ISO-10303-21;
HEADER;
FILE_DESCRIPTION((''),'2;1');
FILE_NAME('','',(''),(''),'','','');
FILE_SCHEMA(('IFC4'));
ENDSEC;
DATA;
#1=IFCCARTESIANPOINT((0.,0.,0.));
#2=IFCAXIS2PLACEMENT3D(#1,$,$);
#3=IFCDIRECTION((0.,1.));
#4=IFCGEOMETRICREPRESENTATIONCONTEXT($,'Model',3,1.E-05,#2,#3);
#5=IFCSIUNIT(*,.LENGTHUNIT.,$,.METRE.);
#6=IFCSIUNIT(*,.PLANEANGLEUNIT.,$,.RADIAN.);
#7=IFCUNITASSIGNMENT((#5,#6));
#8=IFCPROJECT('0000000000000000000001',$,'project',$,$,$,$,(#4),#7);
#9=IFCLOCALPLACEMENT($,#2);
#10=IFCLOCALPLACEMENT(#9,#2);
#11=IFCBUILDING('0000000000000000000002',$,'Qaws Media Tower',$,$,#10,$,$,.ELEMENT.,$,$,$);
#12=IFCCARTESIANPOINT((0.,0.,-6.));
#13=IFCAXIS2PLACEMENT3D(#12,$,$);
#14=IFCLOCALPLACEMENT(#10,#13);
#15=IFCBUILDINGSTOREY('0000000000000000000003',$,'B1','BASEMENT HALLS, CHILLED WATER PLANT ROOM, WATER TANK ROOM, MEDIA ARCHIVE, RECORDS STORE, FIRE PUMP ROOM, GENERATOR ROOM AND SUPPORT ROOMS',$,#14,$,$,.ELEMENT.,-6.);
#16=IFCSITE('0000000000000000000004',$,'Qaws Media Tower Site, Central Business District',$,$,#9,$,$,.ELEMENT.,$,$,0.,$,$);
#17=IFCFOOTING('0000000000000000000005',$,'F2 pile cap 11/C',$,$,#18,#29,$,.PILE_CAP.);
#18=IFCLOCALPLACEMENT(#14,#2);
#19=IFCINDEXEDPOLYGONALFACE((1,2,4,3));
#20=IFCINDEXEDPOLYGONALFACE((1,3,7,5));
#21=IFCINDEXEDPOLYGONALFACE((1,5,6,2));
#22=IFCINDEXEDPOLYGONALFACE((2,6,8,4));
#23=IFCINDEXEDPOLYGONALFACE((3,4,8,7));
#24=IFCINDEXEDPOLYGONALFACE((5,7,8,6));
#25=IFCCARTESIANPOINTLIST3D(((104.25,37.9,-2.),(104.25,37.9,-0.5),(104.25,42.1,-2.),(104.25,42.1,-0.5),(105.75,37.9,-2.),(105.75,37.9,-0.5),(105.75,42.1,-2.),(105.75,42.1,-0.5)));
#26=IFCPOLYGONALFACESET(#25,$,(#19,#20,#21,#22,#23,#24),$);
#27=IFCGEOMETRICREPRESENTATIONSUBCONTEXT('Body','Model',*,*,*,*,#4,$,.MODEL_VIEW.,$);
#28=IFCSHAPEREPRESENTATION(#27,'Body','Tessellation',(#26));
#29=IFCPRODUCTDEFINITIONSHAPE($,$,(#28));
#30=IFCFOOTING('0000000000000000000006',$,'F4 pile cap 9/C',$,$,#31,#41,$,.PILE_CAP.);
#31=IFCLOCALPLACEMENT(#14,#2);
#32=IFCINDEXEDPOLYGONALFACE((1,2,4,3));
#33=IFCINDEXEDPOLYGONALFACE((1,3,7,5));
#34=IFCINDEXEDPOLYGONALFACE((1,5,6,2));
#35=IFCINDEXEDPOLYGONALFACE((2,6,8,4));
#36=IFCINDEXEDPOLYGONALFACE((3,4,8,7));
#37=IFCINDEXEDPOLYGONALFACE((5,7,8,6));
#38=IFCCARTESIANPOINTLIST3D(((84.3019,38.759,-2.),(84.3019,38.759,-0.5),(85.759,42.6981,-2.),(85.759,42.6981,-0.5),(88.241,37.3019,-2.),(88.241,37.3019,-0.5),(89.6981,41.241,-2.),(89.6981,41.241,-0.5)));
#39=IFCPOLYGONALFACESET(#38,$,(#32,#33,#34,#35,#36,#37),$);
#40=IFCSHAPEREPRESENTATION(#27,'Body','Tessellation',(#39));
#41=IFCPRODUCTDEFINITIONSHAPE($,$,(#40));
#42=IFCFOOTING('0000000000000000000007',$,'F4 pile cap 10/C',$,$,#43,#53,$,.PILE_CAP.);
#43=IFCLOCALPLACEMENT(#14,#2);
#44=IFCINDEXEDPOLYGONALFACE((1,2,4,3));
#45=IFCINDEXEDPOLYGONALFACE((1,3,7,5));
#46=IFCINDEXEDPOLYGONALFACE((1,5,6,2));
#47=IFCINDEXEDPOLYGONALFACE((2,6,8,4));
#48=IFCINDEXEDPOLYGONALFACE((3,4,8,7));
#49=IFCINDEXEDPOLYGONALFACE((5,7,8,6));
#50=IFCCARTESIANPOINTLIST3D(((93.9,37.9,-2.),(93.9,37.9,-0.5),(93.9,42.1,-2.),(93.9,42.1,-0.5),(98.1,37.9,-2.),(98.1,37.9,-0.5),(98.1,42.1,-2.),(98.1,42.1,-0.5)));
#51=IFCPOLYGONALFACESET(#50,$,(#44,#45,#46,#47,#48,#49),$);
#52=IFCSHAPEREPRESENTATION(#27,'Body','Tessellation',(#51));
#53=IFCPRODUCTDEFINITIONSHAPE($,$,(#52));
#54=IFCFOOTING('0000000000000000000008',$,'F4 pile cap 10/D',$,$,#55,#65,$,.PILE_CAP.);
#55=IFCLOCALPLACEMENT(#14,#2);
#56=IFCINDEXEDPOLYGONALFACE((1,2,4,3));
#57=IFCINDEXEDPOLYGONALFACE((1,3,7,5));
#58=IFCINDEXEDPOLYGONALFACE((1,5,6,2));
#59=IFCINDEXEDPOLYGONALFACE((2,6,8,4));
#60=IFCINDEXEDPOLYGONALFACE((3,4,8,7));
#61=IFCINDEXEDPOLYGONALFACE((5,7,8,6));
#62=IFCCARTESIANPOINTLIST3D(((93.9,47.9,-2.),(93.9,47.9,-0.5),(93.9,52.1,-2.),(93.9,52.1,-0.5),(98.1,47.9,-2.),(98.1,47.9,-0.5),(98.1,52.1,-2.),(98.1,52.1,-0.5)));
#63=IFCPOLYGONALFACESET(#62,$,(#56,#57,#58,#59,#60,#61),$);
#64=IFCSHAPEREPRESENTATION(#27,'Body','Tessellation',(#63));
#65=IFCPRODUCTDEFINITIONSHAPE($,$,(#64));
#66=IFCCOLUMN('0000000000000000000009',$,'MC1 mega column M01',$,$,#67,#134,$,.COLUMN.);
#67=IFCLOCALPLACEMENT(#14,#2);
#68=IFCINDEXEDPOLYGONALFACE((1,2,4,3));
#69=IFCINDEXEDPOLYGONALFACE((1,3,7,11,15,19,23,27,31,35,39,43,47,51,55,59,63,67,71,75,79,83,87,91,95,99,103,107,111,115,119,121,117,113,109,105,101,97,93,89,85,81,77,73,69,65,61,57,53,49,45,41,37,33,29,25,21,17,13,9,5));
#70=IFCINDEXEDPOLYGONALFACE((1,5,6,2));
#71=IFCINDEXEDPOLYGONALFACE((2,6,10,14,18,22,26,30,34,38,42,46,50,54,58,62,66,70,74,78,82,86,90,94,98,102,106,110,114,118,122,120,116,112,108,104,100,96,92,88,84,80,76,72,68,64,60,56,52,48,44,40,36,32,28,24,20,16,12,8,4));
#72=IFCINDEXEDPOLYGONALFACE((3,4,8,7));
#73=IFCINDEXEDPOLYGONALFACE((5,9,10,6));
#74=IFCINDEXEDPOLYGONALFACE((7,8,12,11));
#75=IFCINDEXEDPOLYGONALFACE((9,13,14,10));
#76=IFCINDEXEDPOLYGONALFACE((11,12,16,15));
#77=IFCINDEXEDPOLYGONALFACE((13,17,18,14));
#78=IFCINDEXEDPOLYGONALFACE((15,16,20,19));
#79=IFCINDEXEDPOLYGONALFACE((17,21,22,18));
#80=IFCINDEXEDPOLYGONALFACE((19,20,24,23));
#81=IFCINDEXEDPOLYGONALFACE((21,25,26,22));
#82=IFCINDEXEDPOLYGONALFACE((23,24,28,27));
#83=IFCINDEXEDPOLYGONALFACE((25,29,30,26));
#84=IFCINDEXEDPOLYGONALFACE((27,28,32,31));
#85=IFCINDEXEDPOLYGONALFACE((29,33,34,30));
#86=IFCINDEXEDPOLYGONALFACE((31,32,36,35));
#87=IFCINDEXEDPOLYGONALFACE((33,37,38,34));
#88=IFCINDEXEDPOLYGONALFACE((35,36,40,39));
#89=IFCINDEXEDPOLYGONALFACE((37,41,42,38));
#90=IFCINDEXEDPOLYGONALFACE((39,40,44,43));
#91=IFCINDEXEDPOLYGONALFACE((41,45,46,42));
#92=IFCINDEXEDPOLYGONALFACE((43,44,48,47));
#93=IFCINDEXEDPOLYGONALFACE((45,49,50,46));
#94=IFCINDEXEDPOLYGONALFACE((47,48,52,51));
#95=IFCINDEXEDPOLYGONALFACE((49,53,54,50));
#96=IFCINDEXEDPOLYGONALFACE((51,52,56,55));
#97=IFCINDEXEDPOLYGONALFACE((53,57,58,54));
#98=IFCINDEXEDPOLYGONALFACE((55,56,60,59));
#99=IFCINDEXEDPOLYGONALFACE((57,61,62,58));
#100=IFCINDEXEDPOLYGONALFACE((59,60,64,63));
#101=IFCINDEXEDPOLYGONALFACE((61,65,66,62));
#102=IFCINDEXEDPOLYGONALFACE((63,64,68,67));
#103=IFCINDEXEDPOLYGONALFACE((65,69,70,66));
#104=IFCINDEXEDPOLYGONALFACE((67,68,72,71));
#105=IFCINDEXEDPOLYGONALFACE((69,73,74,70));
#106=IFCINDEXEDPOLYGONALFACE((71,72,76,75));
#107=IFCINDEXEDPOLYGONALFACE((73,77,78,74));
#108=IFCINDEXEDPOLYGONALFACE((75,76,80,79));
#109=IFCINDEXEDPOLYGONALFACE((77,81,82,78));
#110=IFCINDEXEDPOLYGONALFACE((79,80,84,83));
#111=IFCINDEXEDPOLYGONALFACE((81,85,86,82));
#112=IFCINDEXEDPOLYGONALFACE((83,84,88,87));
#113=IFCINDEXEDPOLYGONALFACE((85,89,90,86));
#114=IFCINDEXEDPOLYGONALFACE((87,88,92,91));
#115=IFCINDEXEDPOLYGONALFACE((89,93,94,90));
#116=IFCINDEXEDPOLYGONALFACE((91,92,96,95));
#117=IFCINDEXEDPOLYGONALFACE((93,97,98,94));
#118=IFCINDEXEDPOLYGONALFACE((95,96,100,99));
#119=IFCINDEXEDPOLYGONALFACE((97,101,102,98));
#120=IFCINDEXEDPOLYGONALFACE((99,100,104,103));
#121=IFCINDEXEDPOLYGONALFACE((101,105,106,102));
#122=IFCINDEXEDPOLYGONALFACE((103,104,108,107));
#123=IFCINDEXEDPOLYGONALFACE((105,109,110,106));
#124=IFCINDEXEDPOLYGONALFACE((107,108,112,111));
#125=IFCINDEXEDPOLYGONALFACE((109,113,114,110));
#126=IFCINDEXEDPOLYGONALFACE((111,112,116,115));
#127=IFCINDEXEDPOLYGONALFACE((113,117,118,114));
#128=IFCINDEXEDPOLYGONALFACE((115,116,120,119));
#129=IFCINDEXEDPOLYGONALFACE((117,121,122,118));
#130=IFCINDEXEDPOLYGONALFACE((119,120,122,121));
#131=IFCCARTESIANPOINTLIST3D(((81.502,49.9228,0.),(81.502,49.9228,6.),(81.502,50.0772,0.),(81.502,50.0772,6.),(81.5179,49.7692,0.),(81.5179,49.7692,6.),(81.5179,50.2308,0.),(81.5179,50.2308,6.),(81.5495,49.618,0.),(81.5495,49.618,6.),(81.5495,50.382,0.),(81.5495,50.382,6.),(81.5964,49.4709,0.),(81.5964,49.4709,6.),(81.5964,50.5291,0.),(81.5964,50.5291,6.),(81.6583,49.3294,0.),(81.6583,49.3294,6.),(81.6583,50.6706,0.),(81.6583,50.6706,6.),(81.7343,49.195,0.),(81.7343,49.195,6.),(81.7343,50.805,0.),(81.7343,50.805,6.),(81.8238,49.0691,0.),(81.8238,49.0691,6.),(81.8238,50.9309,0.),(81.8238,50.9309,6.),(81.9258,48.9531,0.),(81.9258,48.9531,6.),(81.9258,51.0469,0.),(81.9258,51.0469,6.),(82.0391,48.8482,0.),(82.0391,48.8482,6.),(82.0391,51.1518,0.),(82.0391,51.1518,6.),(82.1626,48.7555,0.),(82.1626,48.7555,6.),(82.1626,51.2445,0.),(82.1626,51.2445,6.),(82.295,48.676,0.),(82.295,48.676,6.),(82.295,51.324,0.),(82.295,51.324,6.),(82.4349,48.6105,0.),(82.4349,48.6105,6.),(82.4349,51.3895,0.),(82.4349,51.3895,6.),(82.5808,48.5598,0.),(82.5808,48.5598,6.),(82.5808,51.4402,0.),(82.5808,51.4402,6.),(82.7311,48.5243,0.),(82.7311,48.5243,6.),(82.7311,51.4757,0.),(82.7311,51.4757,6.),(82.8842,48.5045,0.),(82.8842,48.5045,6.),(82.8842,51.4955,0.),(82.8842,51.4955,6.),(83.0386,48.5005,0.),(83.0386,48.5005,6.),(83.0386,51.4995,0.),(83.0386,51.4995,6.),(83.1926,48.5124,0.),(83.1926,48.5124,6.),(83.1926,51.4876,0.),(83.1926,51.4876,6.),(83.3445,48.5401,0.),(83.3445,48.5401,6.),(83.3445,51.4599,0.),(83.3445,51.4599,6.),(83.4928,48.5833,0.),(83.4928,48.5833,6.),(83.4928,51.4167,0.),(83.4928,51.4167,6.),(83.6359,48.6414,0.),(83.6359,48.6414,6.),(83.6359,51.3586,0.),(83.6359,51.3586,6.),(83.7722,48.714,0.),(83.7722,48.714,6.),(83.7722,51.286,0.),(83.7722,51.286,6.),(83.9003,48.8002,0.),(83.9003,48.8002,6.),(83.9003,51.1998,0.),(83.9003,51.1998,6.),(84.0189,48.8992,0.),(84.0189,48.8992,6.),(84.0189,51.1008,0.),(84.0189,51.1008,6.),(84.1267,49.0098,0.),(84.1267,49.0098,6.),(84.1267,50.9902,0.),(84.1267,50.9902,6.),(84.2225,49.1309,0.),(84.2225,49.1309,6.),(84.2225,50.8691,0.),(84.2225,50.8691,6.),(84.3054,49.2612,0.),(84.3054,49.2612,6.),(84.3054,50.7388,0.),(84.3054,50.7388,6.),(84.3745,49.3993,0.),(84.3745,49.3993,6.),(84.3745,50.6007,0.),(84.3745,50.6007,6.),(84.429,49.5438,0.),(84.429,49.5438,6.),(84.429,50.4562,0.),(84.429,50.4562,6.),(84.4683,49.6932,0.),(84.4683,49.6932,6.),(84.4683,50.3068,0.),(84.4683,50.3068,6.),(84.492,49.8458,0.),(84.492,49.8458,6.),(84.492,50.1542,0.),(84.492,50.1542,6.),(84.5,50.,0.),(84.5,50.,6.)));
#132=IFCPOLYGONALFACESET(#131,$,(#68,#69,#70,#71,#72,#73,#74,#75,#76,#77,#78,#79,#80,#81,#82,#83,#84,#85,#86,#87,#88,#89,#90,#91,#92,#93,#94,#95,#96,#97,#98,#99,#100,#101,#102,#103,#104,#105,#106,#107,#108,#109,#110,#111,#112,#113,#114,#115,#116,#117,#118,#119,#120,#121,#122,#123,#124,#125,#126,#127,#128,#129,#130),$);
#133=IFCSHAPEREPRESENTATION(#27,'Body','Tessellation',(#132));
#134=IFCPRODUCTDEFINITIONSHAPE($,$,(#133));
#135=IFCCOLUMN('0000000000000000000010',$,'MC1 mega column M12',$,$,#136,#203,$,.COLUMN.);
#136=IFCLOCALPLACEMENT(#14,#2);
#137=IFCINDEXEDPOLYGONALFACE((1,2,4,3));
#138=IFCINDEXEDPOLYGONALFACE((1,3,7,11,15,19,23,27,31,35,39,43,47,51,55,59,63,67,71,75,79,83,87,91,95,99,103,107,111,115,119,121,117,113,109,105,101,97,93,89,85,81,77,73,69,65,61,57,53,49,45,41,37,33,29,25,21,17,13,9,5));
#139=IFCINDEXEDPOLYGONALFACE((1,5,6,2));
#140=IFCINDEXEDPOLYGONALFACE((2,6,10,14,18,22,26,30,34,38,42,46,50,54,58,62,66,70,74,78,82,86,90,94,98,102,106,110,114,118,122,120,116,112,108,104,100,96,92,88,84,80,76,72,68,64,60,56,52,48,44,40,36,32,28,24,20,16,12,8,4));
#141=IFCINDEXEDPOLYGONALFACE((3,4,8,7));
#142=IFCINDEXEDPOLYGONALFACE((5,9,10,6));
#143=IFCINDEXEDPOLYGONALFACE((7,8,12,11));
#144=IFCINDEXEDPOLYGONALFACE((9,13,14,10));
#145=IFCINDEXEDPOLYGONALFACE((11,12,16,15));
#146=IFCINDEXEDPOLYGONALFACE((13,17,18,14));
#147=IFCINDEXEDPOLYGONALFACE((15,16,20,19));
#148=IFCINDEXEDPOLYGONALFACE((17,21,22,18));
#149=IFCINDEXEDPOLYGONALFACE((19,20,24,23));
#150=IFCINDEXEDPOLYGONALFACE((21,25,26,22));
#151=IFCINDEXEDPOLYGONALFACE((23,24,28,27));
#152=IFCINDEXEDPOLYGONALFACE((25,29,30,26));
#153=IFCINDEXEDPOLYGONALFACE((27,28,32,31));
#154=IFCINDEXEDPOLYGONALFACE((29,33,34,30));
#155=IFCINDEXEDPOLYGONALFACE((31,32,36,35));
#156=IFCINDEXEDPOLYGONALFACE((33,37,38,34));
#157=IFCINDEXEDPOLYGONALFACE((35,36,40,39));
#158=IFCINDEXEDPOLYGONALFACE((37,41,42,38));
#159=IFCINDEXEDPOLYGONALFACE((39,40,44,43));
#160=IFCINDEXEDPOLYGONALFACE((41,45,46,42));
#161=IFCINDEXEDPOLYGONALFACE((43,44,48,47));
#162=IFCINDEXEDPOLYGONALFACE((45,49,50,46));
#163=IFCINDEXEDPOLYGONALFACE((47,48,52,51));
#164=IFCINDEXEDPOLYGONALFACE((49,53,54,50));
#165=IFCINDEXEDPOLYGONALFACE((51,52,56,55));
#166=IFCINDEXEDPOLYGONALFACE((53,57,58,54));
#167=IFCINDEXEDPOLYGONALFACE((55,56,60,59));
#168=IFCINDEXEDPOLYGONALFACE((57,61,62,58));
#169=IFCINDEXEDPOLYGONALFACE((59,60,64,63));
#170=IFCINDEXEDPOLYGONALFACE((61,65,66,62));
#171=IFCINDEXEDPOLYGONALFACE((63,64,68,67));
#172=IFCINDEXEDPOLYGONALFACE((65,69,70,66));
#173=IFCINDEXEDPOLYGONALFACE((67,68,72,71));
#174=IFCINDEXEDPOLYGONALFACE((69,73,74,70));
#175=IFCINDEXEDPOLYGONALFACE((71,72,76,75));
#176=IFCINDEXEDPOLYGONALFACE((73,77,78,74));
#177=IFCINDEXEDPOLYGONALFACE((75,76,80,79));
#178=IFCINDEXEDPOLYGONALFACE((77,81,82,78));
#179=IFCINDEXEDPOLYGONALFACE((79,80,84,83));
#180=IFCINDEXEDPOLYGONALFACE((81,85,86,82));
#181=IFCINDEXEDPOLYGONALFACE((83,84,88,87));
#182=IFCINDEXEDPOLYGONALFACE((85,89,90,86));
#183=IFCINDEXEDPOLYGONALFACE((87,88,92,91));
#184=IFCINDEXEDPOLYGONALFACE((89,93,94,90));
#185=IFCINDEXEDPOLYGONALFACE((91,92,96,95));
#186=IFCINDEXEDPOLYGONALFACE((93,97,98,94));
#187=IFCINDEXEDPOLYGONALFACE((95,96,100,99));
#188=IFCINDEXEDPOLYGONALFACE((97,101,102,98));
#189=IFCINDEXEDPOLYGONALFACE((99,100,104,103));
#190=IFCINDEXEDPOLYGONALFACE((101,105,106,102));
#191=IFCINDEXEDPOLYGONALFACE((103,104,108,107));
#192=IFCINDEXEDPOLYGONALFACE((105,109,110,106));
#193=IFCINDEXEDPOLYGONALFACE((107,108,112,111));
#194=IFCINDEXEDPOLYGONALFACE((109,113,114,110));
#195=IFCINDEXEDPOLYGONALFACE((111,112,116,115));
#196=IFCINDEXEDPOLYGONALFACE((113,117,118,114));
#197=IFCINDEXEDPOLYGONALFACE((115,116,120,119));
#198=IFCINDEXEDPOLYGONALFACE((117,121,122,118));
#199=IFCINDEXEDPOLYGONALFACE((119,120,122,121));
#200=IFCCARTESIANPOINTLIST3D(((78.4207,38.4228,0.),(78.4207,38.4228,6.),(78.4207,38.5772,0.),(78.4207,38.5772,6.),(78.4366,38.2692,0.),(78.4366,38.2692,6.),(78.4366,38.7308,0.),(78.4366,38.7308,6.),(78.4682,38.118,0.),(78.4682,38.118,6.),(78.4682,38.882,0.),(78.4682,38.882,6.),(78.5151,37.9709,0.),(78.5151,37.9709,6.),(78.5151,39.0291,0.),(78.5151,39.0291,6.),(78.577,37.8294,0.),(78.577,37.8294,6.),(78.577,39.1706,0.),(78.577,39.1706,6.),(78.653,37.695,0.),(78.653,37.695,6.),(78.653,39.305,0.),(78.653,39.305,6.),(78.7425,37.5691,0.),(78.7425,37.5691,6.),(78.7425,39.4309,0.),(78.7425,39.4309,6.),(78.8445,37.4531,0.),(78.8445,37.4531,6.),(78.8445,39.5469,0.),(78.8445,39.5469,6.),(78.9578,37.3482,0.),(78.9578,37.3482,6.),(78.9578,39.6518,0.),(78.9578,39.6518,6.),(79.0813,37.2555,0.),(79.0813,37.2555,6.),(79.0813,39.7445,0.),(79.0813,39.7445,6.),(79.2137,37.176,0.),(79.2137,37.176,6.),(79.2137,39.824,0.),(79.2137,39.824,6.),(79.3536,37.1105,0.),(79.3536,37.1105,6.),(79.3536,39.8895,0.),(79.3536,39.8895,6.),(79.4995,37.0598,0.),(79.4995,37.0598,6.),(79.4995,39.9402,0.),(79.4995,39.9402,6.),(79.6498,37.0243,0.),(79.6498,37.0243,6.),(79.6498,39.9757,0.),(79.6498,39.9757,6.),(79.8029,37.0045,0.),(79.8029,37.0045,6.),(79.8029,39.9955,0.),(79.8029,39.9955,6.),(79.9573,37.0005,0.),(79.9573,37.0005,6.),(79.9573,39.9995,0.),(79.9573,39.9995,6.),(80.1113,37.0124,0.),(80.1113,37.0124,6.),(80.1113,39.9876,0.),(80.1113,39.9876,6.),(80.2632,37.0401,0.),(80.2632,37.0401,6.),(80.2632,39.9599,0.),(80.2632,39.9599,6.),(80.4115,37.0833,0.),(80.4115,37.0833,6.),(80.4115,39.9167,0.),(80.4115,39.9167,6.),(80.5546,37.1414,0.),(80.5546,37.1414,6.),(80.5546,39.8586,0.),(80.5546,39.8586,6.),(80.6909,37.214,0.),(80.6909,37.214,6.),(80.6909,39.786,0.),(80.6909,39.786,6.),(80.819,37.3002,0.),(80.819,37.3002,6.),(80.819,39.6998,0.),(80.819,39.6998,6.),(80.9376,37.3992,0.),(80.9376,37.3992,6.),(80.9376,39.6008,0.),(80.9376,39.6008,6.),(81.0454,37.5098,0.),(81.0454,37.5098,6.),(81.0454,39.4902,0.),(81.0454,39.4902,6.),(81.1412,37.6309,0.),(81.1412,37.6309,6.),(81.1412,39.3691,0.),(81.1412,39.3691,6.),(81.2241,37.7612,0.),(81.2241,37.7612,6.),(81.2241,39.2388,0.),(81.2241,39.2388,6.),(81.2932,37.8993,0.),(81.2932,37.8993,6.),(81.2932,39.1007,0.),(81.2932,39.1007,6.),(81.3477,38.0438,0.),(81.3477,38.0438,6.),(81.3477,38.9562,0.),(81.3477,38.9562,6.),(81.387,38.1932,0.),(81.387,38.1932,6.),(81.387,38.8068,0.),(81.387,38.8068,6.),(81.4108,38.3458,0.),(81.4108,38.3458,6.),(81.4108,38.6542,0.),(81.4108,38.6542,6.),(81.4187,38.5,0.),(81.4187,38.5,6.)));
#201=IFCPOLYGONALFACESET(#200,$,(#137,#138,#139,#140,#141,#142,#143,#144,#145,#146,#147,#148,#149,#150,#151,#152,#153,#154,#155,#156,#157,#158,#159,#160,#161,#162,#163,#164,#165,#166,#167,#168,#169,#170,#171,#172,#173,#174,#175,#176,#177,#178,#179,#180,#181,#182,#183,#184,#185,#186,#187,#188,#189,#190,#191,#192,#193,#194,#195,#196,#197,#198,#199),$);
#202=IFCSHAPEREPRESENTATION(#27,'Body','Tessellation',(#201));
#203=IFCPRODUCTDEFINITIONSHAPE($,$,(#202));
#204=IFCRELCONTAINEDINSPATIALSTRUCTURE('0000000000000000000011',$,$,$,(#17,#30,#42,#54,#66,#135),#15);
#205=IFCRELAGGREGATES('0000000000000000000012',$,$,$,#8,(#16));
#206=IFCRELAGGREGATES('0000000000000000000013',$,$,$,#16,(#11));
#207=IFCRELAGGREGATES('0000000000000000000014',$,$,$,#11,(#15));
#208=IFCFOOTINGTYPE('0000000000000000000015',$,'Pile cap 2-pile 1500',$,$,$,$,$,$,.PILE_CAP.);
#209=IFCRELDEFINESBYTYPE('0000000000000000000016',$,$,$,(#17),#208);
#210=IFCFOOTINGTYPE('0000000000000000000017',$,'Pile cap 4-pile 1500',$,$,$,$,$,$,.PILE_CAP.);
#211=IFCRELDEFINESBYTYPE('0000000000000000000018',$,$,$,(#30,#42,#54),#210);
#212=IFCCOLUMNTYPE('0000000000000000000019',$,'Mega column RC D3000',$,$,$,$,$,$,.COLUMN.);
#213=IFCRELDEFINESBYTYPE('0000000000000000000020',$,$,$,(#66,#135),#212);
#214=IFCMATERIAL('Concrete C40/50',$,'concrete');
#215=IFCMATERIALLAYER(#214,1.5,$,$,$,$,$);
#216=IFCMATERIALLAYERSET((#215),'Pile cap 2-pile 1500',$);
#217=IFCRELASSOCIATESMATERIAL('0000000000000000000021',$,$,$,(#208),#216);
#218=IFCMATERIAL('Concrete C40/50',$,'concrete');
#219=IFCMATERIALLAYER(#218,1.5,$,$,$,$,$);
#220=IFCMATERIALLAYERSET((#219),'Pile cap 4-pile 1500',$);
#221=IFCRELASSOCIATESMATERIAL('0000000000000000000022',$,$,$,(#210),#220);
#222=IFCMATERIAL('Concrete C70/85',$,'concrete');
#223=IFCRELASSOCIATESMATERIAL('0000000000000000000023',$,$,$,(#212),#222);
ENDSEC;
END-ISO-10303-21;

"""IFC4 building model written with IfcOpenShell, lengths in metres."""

from ifc_helpers import new_model, si_unit, direction, frame, origin, origin_2d, place, context, subcontext, project, spatial, rectangle, circle, extrude, material, layer, layer_set, material_profile, profile_set, type_object, element, save


model = new_model("IFC4")

# Units and contexts
model_context = context("Model", 3, precision=1e-05, world=origin(), true_north=direction((0.0, 1.0)))
body_context = subcontext(model_context, "Body", "Model", "MODEL_VIEW")
ifc_project = project(units=[si_unit("LENGTHUNIT", "METRE"), si_unit("PLANEANGLEUNIT", "RADIAN")], contexts=[model_context])

# Site, building, storey
site_placement = place(None, origin())
site = spatial("IfcSite", under=ifc_project, at=site_placement, Name="Qaws Media Tower Site, Central Business District", CompositionType="ELEMENT", RefElevation=0.0)
building_placement = place(site_placement, origin())
building = spatial("IfcBuilding", under=site, at=building_placement, Name="Qaws Media Tower", CompositionType="ELEMENT")
storey_placement = place(building_placement, frame((0.0, 0.0, -6.0)))
storey = spatial("IfcBuildingStorey", under=building, at=storey_placement, Name="B1", Description="BASEMENT HALLS, CHILLED WATER PLANT ROOM, WATER TANK ROOM, MEDIA ARCHIVE, RECORDS STORE, FIRE PUMP ROOM, GENERATOR ROOM AND SUPPORT ROOMS", CompositionType="ELEMENT", Elevation=-6.0)

# Footings
ifc_material_1 = material(Name="Concrete C40/50", Category="concrete")
ifc_layer_1 = layer(ifc_material_1, 1.5)
ifc_layer_set_1 = layer_set([ifc_layer_1], Name="Pile cap 2-pile 1500")
footing_type_1 = type_object("IfcFootingType", Name="Pile cap 2-pile 1500", PredefinedType="PILE_CAP", material=ifc_layer_set_1)
footing_1_placement = place(storey_placement, frame((105.0, 40.0, -2.0), z_axis=(0.0, 0.0, 1.0), x_axis=(1.0, 0.0, 0.0)))
element("IfcFooting", 1, at=footing_1_placement, inside=storey, type_object=footing_type_1, Name="F2 pile cap 11/C", PredefinedType="PILE_CAP", context=body_context, shape_type="SweptSolid", body=[
    extrude(rectangle(XDim=1.5, YDim=4.2, at=origin_2d()), origin(), (0.0, 0.0, 1.0), 1.5),
])
ifc_material_2 = material(Name="Concrete C40/50", Category="concrete")
ifc_layer_2 = layer(ifc_material_2, 1.5)
ifc_layer_set_2 = layer_set([ifc_layer_2], Name="Pile cap 4-pile 1500")
footing_type_2 = type_object("IfcFootingType", Name="Pile cap 4-pile 1500", PredefinedType="PILE_CAP", material=ifc_layer_set_2)
for number, where, z_axis, x_axis, name in (
    (2, (87.0, 40.0, -2.0), (0.0, 0.0, 1.0), (0.937889, -0.346936, 0.0), "F4 pile cap 9/C"),
    (3, (96.0, 40.0, -2.0), (0.0, 0.0, 1.0), (1.0, 0.0, 0.0), "F4 pile cap 10/C"),
    (4, (96.0, 50.0, -2.0), (0.0, 0.0, 1.0), (1.0, 0.0, 0.0), "F4 pile cap 10/D"),
):
    element("IfcFooting", number, at=place(storey_placement, frame(where, z_axis=z_axis, x_axis=x_axis)), inside=storey, type_object=footing_type_2, Name=name, PredefinedType="PILE_CAP", context=body_context, shape_type="SweptSolid", body=[
        extrude(rectangle(XDim=4.2, YDim=4.2, at=origin_2d()), origin(), (0.0, 0.0, 1.0), 1.5),
    ])

# Columns
ifc_material_3 = material(Name="Concrete C70/85", Category="concrete")
ifc_material_profile_1 = material_profile(ifc_material_3, circle(Radius=1.5, at=origin_2d()), Name="RC D3000")
ifc_profile_set_1 = profile_set([ifc_material_profile_1], Name="Concrete C70/85")
column_type_1 = type_object("IfcColumnType", Name="Mega column RC D3000", PredefinedType="COLUMN", material=ifc_profile_set_1)
for number, where, z_axis, x_axis, name in (
    (5, (83.0, 50.0, 0.0), (0.0, 0.0, 1.0), (1.0, 0.0, 0.0), "MC1 mega column M01"),
    (6, (79.9187, 38.5, 0.0), (0.0, 0.0, 1.0), (1.0, 0.0, 0.0), "MC1 mega column M12"),
):
    element("IfcColumn", number, at=place(storey_placement, frame(where, z_axis=z_axis, x_axis=x_axis)), inside=storey, type_object=column_type_1, Name=name, PredefinedType="COLUMN", context=body_context, shape_type="SweptSolid", body=[
        extrude(circle(Radius=1.5, at=origin_2d()), origin(), (0.0, 0.0, 1.0), 6.0),
    ])

save(model, "model.ifc")
